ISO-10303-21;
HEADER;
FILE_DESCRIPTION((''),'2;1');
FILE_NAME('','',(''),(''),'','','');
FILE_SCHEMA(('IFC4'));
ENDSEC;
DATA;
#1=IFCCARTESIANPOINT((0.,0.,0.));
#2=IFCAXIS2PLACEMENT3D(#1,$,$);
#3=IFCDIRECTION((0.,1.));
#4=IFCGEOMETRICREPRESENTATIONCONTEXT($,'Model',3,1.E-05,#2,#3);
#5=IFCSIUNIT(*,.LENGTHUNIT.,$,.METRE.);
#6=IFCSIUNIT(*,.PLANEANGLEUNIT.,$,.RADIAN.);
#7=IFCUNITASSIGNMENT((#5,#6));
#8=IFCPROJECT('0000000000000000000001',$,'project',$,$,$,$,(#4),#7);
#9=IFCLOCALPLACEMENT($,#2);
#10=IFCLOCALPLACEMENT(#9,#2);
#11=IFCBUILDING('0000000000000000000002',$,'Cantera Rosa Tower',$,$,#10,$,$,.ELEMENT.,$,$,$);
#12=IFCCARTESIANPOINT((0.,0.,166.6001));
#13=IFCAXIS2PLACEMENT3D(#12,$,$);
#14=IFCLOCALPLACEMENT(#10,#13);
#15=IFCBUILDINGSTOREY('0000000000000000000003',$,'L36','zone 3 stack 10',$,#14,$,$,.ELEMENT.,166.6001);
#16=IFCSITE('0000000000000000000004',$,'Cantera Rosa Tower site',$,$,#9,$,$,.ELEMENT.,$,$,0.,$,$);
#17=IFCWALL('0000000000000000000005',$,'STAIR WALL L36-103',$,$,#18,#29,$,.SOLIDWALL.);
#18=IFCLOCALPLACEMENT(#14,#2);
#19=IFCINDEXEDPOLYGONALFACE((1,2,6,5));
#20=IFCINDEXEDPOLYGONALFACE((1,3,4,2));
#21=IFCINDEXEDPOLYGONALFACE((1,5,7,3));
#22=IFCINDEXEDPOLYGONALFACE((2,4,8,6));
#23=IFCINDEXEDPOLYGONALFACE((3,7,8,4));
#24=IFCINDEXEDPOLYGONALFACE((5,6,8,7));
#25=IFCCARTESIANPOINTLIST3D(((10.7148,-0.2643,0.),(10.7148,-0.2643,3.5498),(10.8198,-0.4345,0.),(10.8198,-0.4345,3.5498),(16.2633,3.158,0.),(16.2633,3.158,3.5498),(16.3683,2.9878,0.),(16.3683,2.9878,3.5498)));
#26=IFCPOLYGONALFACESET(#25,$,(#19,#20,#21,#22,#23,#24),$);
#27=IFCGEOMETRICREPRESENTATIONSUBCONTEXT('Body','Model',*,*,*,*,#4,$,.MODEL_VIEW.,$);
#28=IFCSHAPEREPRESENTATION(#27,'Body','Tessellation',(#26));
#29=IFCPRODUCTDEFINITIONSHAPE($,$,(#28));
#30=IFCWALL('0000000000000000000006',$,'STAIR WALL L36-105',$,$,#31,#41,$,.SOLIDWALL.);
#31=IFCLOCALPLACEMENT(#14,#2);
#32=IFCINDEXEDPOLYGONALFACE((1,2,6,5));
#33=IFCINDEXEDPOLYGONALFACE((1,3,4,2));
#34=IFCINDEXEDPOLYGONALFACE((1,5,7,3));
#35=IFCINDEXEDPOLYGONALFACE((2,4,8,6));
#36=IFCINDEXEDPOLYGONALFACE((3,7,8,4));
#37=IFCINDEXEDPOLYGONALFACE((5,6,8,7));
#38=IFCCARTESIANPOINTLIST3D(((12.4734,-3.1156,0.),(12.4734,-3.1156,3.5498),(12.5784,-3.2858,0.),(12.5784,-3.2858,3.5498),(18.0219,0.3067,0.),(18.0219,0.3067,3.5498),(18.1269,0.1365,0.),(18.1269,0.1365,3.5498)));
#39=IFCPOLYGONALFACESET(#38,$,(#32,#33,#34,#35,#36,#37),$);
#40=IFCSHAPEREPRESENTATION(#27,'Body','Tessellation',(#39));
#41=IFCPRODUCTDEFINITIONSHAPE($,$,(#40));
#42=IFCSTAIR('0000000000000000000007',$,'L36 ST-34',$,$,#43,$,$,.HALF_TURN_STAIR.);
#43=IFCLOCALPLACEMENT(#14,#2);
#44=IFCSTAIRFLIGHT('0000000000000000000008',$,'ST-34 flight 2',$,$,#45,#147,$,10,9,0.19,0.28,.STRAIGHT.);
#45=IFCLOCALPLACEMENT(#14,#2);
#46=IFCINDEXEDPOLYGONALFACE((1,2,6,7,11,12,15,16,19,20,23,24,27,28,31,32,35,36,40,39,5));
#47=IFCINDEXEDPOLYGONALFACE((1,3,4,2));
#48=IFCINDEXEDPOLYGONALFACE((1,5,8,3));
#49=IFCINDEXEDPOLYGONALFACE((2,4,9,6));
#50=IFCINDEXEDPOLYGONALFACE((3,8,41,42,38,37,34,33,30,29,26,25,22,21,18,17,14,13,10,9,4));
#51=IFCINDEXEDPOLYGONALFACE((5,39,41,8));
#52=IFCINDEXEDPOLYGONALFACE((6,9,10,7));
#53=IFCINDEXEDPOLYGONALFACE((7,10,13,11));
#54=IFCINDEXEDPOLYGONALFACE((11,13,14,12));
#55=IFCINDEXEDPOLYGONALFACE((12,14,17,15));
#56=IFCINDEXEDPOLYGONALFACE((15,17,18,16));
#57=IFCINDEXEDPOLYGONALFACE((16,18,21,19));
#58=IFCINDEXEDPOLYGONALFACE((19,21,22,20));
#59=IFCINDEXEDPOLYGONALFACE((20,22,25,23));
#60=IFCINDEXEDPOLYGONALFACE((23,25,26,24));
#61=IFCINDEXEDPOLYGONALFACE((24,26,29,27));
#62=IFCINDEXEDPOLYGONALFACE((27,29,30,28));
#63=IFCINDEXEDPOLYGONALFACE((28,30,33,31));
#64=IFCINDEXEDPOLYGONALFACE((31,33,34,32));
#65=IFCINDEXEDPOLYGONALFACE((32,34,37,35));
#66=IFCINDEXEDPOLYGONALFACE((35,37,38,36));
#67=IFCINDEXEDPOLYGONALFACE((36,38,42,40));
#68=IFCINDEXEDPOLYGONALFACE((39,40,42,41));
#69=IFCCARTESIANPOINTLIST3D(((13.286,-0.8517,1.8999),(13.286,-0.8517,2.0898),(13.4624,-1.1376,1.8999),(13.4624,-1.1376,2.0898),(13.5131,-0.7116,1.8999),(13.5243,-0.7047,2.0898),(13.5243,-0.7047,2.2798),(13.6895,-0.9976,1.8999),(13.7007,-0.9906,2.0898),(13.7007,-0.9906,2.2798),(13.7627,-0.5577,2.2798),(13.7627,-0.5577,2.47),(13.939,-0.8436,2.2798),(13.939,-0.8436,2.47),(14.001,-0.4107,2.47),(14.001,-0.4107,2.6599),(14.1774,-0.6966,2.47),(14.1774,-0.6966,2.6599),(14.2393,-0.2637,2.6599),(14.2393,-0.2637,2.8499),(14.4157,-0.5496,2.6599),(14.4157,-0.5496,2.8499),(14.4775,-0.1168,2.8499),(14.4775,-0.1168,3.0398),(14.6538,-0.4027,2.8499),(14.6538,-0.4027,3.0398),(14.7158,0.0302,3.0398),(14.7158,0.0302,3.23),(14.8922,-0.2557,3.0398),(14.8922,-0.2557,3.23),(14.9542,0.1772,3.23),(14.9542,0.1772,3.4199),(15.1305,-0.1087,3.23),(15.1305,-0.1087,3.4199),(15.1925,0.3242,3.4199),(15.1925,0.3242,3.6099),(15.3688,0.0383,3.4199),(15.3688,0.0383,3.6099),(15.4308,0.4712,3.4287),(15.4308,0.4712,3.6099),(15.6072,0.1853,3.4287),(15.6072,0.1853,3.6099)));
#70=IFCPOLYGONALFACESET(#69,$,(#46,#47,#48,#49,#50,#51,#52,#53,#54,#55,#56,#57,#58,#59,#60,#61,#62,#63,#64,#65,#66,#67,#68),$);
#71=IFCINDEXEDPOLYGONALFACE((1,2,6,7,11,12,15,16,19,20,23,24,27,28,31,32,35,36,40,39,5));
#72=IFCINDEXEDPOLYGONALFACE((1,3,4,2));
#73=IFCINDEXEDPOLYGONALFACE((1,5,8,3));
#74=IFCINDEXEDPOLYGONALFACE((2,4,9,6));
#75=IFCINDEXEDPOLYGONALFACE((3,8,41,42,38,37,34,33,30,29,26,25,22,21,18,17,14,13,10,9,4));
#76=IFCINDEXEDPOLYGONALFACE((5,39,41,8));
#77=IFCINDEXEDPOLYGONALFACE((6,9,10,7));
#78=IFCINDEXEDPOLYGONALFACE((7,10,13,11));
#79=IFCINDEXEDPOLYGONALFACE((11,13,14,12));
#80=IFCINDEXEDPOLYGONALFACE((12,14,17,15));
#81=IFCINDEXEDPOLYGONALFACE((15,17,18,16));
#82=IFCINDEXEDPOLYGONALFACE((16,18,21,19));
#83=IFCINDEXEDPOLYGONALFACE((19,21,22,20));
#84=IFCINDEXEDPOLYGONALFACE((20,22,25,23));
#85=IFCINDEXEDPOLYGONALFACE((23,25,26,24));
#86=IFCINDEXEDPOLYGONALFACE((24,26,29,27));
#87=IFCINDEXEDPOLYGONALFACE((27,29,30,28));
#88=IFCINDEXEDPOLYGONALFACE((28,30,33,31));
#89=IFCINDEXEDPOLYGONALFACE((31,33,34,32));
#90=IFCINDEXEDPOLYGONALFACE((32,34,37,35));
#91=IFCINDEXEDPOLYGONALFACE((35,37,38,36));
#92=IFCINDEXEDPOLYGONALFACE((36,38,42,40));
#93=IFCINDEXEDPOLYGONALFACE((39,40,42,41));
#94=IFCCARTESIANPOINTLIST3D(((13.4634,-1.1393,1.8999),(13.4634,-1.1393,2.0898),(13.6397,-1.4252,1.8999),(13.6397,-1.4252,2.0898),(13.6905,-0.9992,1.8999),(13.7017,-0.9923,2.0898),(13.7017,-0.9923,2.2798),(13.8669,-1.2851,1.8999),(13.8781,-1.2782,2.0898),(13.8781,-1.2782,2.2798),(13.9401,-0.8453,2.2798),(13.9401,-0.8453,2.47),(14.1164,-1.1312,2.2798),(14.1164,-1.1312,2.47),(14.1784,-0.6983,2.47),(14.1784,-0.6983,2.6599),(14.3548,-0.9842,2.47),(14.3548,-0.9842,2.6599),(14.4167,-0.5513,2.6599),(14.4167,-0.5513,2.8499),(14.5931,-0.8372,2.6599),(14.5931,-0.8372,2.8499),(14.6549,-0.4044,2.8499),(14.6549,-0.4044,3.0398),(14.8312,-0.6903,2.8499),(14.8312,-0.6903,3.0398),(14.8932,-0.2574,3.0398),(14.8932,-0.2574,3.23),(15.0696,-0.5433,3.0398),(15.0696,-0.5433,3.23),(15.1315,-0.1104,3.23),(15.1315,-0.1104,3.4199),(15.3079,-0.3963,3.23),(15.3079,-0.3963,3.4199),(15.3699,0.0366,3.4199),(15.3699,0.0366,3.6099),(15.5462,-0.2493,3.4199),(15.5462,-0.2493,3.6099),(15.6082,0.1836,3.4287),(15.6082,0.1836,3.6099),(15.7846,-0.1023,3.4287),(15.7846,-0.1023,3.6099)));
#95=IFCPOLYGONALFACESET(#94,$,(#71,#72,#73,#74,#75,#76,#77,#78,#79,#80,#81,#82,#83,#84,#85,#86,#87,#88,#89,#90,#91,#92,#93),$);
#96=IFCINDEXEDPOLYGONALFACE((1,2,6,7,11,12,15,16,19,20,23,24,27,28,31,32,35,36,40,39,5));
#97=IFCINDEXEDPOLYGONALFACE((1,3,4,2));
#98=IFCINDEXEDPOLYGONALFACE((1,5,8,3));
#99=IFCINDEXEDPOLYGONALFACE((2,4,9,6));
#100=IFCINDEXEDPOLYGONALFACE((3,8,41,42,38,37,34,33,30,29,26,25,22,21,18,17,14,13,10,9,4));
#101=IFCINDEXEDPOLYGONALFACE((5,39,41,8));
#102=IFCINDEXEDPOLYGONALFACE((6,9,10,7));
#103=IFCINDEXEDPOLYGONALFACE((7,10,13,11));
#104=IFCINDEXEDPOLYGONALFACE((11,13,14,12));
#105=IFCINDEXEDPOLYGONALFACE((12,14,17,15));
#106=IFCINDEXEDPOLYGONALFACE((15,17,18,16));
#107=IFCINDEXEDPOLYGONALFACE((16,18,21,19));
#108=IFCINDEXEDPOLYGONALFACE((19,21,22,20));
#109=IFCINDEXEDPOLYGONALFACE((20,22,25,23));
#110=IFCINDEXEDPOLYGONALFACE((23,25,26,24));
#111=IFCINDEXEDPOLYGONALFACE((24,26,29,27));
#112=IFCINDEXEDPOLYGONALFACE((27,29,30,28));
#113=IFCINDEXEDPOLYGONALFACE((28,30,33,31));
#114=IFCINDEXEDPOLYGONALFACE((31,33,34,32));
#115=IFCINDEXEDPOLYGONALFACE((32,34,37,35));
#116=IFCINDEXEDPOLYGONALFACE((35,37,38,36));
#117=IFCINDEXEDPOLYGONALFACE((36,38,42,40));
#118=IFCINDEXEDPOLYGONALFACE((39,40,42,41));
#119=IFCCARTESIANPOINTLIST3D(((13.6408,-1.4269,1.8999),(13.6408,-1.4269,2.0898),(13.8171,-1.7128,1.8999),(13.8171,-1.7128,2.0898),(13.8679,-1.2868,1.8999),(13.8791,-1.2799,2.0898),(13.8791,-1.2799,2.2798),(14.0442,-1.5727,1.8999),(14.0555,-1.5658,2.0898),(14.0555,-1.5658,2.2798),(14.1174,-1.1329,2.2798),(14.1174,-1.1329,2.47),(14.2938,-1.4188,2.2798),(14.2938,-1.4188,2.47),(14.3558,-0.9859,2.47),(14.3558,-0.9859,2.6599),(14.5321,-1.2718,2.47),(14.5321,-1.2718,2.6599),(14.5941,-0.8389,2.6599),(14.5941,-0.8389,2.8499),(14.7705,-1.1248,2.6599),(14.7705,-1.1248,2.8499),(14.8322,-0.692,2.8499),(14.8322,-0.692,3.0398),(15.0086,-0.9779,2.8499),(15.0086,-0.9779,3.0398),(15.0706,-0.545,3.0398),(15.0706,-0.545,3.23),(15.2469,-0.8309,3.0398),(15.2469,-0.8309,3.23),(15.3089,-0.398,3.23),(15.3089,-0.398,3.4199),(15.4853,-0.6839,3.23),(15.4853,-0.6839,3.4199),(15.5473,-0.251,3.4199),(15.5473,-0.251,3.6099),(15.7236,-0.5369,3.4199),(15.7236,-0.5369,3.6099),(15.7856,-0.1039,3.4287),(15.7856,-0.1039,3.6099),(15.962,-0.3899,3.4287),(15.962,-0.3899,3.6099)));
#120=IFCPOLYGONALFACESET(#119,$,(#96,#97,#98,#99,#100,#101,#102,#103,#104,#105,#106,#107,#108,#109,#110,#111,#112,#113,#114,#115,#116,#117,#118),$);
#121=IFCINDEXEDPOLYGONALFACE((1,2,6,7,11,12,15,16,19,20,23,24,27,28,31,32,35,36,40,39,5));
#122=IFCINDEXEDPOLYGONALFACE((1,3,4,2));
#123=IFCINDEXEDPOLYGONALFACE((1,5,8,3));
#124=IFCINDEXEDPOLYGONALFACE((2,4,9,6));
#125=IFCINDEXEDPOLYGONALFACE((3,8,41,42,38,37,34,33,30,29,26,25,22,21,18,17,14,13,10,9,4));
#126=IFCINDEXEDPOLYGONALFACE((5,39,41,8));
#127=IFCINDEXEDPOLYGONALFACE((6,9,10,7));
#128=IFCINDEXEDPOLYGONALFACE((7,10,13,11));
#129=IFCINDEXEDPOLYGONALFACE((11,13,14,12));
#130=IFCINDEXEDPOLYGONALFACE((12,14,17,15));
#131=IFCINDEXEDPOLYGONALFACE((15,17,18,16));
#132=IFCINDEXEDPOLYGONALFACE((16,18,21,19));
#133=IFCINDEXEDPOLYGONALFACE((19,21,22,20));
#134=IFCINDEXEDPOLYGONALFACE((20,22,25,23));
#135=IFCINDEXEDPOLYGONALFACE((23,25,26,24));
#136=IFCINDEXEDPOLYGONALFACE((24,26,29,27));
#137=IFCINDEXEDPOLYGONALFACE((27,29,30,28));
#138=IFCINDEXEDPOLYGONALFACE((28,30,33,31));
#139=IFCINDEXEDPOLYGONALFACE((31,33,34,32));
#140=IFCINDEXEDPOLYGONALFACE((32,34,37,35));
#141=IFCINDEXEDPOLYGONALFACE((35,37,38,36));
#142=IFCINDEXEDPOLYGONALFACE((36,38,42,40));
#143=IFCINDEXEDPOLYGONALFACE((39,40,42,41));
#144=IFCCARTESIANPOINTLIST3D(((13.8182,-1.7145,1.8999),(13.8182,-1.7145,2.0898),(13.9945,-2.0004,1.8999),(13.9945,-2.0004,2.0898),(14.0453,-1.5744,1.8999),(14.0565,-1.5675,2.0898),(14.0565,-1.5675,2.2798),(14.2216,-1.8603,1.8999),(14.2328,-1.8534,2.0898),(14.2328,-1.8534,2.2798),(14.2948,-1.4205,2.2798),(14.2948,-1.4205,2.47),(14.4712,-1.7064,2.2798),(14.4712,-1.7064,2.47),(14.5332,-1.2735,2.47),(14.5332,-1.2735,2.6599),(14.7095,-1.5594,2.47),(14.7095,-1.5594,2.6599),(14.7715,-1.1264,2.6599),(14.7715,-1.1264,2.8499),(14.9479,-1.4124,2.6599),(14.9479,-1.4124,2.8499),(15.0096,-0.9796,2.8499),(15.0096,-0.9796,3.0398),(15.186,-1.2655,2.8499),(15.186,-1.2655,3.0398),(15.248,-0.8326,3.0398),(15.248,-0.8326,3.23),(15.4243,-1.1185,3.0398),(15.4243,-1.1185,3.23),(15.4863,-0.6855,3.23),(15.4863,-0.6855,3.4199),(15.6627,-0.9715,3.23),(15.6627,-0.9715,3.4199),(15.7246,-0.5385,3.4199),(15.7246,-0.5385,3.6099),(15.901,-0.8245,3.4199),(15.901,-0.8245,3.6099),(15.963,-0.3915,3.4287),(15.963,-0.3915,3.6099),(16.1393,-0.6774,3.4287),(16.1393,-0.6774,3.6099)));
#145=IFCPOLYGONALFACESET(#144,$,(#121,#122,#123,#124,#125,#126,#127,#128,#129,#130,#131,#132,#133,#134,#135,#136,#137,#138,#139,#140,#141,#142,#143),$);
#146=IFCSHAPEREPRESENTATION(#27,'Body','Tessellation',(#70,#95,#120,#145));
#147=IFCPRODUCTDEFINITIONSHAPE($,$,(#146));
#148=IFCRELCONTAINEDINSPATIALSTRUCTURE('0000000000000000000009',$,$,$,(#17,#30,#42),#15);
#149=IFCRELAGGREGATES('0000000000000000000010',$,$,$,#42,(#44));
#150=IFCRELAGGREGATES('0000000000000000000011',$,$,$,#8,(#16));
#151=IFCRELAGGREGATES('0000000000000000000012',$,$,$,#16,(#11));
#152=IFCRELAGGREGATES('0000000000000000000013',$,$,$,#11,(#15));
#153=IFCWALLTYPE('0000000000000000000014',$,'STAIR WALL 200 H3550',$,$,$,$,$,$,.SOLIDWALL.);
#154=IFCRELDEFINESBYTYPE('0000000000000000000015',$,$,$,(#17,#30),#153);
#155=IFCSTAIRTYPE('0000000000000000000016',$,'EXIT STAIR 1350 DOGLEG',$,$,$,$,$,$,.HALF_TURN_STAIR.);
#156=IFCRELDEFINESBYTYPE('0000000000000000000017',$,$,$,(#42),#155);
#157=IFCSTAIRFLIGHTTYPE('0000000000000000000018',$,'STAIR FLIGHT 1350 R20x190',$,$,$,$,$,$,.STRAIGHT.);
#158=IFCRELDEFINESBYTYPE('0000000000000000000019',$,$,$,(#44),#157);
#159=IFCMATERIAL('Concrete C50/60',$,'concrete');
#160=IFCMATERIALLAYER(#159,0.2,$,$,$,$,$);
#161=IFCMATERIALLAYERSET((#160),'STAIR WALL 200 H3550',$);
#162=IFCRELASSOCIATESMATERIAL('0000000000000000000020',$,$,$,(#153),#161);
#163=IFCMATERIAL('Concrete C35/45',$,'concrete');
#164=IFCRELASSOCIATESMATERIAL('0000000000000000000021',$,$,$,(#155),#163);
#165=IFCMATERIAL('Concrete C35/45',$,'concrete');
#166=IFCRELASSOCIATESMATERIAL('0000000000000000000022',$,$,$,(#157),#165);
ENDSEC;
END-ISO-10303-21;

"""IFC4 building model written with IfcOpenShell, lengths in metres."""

from ifc_helpers import new_model, si_unit, direction, frame, frame_2d, origin, place, context, subcontext, project, spatial, polyline, rectangle, outline, extrude, material, layer, layer_set, type_object, element, aggregate, save


model = new_model("IFC4")

# Units and contexts
model_context = context("Model", 3, precision=1e-05, world=origin(), true_north=direction((0.0, 1.0)))
body_context = subcontext(model_context, "Body", "Model", "MODEL_VIEW")
ifc_project = project(units=[si_unit("LENGTHUNIT", "METRE"), si_unit("PLANEANGLEUNIT", "RADIAN")], contexts=[model_context])

# Site, building, storey
site_placement = place(None, origin())
site = spatial("IfcSite", under=ifc_project, at=site_placement, Name="Cantera Rosa Tower site", CompositionType="ELEMENT", RefElevation=0.0)
building_placement = place(site_placement, origin())
building = spatial("IfcBuilding", under=site, at=building_placement, Name="Cantera Rosa Tower", CompositionType="ELEMENT")
storey_placement = place(building_placement, frame((0.0, 0.0, 166.6001)))
storey = spatial("IfcBuildingStorey", under=building, at=storey_placement, Name="L36", Description="zone 3 stack 10", CompositionType="ELEMENT", Elevation=166.6001)

# Walls
ifc_material_1 = material(Name="Concrete C50/60", Category="concrete")
ifc_layer_1 = layer(ifc_material_1, 0.2)
ifc_layer_set_1 = layer_set([ifc_layer_1], Name="STAIR WALL 200 H3550")
wall_type_1 = type_object("IfcWallType", Name="STAIR WALL 200 H3550", PredefinedType="SOLIDWALL", material=ifc_layer_set_1)
for number, where, z_axis, x_axis, name in (
    (1, (10.7673, -0.3494, 0.0), (0.0, 0.0, 1.0), (0.85112, 0.524971, 0.0), "STAIR WALL L36-103"),
    (2, (12.5259, -3.2007, 0.0), (0.0, 0.0, 1.0), (0.85112, 0.524971, 0.0), "STAIR WALL L36-105"),
):
    element("IfcWall", number, at=place(storey_placement, frame(where, z_axis=z_axis, x_axis=x_axis)), inside=storey, type_object=wall_type_1, Name=name, PredefinedType="SOLIDWALL", context=body_context, shape_type="SweptSolid", body=[
        extrude(rectangle(XDim=6.519, YDim=0.2, at=frame_2d((3.2595, 0.0))), origin(), (0.0, 0.0, 1.0), 3.5498),
    ])

# Stair, stair flight
ifc_material_2 = material(Name="Concrete C35/45", Category="concrete")
stair_type = type_object("IfcStairType", Name="EXIT STAIR 1350 DOGLEG", PredefinedType="HALF_TURN_STAIR", material=ifc_material_2)
stair_placement = place(storey_placement, origin())
stair = element("IfcStair", 3, at=stair_placement, inside=storey, type_object=stair_type, Name="L36 ST-34", PredefinedType="HALF_TURN_STAIR")
ifc_material_3 = material(Name="Concrete C35/45", Category="concrete")
stair_flight_type = type_object("IfcStairFlightType", Name="STAIR FLIGHT 1350 R20x190", PredefinedType="STRAIGHT", material=ifc_material_3)
stair_flight_placement = place(storey_placement, frame((13.6404, -1.4263, 1.8999), z_axis=(0.0, 0.0, 1.0), x_axis=(0.851117, 0.524977, 0.0)))
stair_flight = element("IfcStairFlight", 4, at=stair_flight_placement, type_object=stair_flight_type, Name="ST-34 flight 2", NumberOfRisers=10, NumberOfTreads=9, PredefinedType="STRAIGHT", RiserHeight=0.19, TreadLength=0.28, context=body_context, shape_type="SweptSolid", body=[
    extrude(outline(polyline([(0.0, 0.0), (0.0, 0.1899), (0.28, 0.1899), (0.28, 0.3799), (0.5601, 0.3799), (0.5601, 0.5701), (0.8401, 0.5701), (0.8401, 0.76), (1.1201, 0.76), (1.1201, 0.95), (1.3999, 0.95), (1.3999, 1.1399), (1.6799, 1.1399), (1.6799, 1.3301), (1.96, 1.3301), (1.96, 1.52), (2.24, 1.52), (2.24, 1.71), (2.52, 1.71), (2.52, 1.8999), (2.52, 1.5288), (0.2668, 0.0), (0.0, 0.0)])), frame((0.0, 0.675, 0.0), z_axis=(0.0, -1.0, 0.0), x_axis=(1.0, 0.0, 0.0)), (0.0, 0.0, 1.0), 0.3359),
    extrude(outline(polyline([(0.0, 0.0), (0.0, 0.1899), (0.28, 0.1899), (0.28, 0.3799), (0.5601, 0.3799), (0.5601, 0.5701), (0.8401, 0.5701), (0.8401, 0.76), (1.1201, 0.76), (1.1201, 0.95), (1.3999, 0.95), (1.3999, 1.1399), (1.6799, 1.1399), (1.6799, 1.3301), (1.96, 1.3301), (1.96, 1.52), (2.24, 1.52), (2.24, 1.71), (2.52, 1.71), (2.52, 1.8999), (2.52, 1.5288), (0.2668, 0.0), (0.0, 0.0)])), frame((0.0, 0.3372, 0.0), z_axis=(0.0, -1.0, 0.0), x_axis=(1.0, 0.0, 0.0)), (0.0, 0.0, 1.0), 0.3359),
    extrude(outline(polyline([(0.0, 0.0), (0.0, 0.1899), (0.28, 0.1899), (0.28, 0.3799), (0.5601, 0.3799), (0.5601, 0.5701), (0.8401, 0.5701), (0.8401, 0.76), (1.1201, 0.76), (1.1201, 0.95), (1.3999, 0.95), (1.3999, 1.1399), (1.6799, 1.1399), (1.6799, 1.3301), (1.96, 1.3301), (1.96, 1.52), (2.24, 1.52), (2.24, 1.71), (2.52, 1.71), (2.52, 1.8999), (2.52, 1.5288), (0.2668, 0.0), (0.0, 0.0)])), frame((0.0, -0.0007, 0.0), z_axis=(0.0, -1.0, 0.0), x_axis=(1.0, 0.0, 0.0)), (0.0, 0.0, 1.0), 0.3359),
    extrude(outline(polyline([(0.0, 0.0), (0.0, 0.1899), (0.28, 0.1899), (0.28, 0.3799), (0.5601, 0.3799), (0.5601, 0.5701), (0.8401, 0.5701), (0.8401, 0.76), (1.1201, 0.76), (1.1201, 0.95), (1.3999, 0.95), (1.3999, 1.1399), (1.6799, 1.1399), (1.6799, 1.3301), (1.96, 1.3301), (1.96, 1.52), (2.24, 1.52), (2.24, 1.71), (2.52, 1.71), (2.52, 1.8999), (2.52, 1.5288), (0.2668, 0.0), (0.0, 0.0)])), frame((0.0, -0.3386, 0.0), z_axis=(0.0, -1.0, 0.0), x_axis=(1.0, 0.0, 0.0)), (0.0, 0.0, 1.0), 0.3359),
])
aggregate(stair, [stair_flight])

save(model, "model.ifc")
